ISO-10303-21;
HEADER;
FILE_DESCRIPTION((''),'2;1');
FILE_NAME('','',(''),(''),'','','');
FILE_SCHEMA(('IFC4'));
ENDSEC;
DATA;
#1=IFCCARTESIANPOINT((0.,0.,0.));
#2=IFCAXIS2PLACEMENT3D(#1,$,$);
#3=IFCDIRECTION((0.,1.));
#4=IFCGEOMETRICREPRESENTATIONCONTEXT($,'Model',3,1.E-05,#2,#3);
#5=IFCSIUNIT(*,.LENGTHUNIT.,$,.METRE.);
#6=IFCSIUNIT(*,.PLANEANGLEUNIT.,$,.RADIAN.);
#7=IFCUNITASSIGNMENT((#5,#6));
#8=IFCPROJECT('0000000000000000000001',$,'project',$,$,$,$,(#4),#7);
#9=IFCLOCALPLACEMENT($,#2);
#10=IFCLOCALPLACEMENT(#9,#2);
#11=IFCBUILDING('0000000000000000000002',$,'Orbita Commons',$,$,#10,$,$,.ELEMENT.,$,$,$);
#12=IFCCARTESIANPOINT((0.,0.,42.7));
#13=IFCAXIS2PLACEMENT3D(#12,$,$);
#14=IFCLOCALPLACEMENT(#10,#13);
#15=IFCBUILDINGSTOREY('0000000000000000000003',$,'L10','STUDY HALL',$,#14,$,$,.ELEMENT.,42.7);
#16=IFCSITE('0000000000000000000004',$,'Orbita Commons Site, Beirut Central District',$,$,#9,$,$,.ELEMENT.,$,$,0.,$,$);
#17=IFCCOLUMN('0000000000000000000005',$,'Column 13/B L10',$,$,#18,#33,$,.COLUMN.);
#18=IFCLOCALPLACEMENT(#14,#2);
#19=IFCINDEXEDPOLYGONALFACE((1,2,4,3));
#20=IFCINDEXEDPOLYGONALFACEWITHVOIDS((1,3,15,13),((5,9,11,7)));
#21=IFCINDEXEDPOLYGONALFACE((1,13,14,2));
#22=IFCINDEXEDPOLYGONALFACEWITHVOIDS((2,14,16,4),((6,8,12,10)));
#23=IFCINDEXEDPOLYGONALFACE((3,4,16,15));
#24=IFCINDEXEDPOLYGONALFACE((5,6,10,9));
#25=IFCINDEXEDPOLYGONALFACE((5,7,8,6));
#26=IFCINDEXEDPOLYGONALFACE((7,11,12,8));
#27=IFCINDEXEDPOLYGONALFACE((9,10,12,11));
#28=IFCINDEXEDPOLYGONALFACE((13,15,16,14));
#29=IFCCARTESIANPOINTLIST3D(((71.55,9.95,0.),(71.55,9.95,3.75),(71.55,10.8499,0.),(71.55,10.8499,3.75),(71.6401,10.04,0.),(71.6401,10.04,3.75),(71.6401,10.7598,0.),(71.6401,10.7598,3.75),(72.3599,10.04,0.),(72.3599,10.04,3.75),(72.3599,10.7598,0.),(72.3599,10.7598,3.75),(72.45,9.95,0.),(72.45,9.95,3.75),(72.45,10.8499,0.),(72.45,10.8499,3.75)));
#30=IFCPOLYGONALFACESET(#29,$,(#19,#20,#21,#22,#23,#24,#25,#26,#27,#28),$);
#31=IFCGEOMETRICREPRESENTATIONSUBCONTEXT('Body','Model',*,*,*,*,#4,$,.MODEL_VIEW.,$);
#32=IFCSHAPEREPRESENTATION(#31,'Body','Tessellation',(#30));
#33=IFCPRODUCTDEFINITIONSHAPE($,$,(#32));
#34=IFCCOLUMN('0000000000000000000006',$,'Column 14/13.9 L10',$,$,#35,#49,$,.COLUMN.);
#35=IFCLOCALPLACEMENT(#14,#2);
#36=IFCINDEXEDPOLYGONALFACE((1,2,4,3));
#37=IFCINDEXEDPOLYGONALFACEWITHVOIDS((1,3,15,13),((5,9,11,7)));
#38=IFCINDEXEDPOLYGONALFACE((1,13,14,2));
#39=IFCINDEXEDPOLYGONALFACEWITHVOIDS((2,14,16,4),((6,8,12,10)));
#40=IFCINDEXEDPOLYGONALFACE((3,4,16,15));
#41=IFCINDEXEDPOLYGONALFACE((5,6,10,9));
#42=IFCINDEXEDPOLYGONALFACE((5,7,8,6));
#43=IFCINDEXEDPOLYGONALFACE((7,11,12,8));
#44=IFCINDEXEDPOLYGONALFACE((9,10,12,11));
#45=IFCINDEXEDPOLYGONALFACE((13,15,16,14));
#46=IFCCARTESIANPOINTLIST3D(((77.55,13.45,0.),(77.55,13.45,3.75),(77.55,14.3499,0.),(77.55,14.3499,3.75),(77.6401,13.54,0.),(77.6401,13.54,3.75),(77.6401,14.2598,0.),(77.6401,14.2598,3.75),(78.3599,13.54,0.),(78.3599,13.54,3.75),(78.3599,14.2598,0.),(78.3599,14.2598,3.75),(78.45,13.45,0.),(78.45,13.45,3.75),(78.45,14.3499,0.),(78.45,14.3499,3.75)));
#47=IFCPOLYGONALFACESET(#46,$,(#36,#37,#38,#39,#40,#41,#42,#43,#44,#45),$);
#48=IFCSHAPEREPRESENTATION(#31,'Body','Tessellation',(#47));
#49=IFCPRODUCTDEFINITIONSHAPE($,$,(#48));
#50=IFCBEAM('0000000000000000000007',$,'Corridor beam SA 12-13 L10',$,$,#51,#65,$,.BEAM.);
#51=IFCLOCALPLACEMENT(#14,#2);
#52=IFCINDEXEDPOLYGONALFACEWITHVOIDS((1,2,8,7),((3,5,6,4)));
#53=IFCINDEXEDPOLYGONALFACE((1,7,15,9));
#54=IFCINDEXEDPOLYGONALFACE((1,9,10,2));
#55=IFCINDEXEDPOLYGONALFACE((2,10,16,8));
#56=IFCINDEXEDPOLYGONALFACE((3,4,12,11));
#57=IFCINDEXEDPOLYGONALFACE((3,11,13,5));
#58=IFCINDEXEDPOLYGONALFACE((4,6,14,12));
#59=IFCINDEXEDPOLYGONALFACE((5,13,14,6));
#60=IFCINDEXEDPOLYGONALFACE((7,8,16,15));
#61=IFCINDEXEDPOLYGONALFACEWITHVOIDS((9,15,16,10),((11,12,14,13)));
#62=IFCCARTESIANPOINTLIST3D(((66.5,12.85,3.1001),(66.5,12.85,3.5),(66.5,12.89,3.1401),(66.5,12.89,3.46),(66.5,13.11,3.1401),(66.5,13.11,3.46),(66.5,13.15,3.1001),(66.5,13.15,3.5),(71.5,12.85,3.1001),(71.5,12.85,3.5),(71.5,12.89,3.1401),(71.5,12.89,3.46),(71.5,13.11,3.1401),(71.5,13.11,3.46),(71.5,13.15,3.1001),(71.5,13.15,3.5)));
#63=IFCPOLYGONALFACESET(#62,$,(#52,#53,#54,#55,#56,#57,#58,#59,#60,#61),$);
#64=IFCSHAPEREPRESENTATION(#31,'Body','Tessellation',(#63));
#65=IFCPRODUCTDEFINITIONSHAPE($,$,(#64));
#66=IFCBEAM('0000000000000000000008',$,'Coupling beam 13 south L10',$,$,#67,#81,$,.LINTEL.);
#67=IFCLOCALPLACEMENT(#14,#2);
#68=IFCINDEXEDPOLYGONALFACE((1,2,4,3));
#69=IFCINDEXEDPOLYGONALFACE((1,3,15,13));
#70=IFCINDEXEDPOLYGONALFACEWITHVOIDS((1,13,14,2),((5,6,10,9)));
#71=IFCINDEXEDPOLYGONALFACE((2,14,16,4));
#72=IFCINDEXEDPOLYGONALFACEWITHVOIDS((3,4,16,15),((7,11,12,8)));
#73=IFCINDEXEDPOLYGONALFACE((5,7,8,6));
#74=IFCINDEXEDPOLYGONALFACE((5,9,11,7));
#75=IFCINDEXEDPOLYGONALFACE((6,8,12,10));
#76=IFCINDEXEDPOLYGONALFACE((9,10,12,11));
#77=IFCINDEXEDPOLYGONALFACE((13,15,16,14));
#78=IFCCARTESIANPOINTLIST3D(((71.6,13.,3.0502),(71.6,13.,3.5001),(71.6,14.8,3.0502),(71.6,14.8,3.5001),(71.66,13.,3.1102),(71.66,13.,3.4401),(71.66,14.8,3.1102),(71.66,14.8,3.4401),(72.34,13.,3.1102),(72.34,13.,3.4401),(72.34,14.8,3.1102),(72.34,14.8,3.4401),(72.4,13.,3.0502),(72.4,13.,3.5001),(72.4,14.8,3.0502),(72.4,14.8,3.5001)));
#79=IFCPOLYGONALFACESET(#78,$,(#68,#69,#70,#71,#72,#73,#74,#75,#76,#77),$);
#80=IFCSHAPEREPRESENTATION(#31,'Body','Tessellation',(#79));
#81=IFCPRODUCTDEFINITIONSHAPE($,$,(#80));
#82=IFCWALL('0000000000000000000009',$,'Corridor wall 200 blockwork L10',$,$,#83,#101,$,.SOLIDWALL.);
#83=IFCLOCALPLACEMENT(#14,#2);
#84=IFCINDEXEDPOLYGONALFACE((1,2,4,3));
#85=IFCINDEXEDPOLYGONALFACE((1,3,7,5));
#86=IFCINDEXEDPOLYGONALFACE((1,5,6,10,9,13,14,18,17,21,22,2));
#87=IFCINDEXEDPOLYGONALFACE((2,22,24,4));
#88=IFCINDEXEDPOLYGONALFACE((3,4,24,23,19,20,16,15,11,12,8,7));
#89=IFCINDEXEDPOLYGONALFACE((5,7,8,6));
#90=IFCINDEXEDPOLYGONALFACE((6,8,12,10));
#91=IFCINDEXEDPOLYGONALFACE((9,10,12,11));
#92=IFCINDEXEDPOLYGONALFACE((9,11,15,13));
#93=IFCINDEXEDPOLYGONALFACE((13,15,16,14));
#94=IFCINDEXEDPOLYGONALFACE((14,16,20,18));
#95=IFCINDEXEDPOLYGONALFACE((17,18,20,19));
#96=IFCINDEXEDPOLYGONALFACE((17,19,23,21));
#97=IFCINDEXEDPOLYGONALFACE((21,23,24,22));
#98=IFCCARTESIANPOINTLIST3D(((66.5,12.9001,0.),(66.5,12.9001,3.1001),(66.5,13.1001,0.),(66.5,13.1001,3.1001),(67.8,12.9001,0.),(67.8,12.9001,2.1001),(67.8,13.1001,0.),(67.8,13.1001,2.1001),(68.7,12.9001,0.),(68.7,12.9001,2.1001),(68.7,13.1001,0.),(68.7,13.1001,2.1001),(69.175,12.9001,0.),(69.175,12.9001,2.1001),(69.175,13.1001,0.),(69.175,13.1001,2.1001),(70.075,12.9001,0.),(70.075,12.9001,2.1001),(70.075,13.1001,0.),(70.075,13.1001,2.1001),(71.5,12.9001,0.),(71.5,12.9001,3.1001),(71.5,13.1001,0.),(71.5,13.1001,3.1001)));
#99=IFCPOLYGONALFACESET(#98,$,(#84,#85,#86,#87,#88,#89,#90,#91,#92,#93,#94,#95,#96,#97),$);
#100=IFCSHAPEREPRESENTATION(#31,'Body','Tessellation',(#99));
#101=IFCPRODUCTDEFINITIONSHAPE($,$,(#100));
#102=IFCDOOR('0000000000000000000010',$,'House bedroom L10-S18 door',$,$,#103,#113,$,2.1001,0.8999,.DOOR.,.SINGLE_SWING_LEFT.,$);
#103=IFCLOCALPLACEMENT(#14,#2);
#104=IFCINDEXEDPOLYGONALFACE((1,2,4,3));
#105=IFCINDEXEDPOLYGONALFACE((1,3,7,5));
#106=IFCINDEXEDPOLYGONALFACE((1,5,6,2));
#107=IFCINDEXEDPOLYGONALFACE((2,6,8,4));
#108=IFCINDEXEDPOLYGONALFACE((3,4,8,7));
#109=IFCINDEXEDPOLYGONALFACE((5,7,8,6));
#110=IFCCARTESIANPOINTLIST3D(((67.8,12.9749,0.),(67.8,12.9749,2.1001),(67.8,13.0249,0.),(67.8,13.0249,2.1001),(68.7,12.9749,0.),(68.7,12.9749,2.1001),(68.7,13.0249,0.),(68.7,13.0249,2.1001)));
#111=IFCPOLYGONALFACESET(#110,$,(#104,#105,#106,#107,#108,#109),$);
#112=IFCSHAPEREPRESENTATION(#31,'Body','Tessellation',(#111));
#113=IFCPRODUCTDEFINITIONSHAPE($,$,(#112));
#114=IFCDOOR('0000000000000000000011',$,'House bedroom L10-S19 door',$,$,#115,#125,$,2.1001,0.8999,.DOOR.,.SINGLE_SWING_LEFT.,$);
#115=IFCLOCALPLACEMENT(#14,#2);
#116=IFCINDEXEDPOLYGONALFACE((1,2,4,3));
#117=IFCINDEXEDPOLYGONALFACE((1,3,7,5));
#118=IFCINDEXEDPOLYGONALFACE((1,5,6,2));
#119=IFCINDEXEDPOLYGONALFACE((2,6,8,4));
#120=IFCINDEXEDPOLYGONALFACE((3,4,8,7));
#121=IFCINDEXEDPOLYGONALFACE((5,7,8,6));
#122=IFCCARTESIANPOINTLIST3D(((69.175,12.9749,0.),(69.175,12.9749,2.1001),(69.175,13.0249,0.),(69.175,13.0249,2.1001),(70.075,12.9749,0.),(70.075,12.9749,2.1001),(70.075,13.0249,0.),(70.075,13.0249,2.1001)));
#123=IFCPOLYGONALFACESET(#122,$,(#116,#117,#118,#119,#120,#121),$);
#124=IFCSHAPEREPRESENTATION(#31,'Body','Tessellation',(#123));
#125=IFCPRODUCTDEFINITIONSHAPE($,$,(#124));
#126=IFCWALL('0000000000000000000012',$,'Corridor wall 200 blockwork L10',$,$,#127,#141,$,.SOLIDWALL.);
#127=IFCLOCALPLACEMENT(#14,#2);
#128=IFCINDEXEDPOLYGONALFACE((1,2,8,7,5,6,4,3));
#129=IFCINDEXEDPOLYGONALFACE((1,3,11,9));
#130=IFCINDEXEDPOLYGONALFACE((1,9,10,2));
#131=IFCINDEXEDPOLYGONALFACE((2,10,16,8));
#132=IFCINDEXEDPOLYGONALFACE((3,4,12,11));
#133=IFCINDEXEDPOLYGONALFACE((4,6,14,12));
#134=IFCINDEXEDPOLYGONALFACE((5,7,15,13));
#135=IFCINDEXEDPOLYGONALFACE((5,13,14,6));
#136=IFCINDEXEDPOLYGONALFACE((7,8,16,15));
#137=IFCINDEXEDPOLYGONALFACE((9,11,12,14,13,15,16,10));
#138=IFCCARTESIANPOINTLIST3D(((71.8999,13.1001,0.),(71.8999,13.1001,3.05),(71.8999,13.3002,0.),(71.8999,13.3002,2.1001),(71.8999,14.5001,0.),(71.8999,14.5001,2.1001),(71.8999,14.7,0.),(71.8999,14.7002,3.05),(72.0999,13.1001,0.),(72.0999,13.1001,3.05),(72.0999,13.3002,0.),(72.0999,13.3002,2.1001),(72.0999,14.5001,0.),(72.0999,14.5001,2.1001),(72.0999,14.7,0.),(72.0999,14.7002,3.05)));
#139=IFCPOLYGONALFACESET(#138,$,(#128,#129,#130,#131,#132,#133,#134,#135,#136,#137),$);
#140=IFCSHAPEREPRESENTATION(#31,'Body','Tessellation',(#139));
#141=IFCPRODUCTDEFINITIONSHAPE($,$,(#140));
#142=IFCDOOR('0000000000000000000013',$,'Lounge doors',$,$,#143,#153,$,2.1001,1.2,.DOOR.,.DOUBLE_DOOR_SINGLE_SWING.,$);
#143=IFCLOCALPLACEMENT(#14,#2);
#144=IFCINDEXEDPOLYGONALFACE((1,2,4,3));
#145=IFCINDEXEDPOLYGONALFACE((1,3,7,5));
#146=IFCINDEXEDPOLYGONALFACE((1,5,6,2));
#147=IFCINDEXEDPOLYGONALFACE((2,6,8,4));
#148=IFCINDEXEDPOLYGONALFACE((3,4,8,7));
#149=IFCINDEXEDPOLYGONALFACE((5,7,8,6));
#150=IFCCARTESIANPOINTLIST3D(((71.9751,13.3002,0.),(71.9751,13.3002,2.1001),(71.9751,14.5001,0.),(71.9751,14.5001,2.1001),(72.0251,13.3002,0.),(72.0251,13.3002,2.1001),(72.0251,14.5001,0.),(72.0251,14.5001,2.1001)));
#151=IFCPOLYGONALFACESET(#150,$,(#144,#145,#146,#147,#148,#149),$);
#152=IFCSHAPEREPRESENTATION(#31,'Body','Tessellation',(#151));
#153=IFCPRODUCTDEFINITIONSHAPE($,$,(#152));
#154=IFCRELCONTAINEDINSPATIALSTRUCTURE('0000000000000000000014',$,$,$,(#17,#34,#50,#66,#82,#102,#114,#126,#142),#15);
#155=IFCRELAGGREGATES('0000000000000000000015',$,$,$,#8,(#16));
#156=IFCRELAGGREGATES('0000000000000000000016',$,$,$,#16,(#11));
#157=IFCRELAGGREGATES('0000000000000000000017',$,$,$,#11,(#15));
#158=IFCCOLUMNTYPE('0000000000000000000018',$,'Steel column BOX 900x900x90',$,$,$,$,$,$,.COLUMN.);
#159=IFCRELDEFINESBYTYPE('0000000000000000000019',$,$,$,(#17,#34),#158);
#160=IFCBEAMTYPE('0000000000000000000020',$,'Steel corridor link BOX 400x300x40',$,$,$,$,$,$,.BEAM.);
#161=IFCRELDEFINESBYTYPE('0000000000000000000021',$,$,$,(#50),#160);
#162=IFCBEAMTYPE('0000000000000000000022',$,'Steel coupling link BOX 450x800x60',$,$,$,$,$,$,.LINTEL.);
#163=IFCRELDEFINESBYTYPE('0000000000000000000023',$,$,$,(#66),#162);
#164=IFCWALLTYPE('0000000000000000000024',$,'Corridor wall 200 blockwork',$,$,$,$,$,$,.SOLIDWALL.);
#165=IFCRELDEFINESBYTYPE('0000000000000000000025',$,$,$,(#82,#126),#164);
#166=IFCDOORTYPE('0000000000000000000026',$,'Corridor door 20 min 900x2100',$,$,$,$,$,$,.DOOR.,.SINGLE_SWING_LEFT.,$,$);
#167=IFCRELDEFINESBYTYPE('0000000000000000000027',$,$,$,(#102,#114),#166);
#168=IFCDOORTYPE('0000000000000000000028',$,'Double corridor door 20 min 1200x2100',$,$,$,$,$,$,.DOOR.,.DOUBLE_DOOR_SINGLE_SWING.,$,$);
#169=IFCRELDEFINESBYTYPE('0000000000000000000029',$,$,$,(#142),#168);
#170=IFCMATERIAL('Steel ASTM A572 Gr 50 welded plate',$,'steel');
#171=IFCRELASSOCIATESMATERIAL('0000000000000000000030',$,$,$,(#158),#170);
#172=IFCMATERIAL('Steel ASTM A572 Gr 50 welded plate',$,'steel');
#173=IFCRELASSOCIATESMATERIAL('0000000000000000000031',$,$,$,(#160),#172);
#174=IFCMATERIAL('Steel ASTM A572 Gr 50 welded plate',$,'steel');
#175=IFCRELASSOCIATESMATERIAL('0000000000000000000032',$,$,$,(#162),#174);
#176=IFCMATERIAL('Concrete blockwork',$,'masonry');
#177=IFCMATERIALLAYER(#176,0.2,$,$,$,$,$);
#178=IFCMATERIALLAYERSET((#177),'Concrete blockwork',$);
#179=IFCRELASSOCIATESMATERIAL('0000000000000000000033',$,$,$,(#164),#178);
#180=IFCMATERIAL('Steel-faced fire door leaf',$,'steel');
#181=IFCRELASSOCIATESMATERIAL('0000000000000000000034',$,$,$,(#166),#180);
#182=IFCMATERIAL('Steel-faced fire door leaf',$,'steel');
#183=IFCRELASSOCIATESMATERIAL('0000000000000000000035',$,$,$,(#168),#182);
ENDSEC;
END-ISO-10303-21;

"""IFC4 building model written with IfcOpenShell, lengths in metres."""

from ifc_helpers import new_model, si_unit, direction, frame, frame_2d, origin, origin_2d, place, context, subcontext, project, spatial, polyline, rectangle, hollow_rectangle, outline, extrude, material, layer, layer_set, material_profile, profile_set, type_object, element, fill, save


model = new_model("IFC4")

# Units and contexts
model_context = context("Model", 3, precision=1e-05, world=origin(), true_north=direction((0.0, 1.0)))
body_context = subcontext(model_context, "Body", "Model", "MODEL_VIEW")
ifc_project = project(units=[si_unit("LENGTHUNIT", "METRE"), si_unit("PLANEANGLEUNIT", "RADIAN")], contexts=[model_context])

# Site, building, storey
site_placement = place(None, origin())
site = spatial("IfcSite", under=ifc_project, at=site_placement, Name="Orbita Commons Site, Beirut Central District", CompositionType="ELEMENT", RefElevation=0.0)
building_placement = place(site_placement, origin())
building = spatial("IfcBuilding", under=site, at=building_placement, Name="Orbita Commons", CompositionType="ELEMENT")
storey_placement = place(building_placement, frame((0.0, 0.0, 42.7)))
storey = spatial("IfcBuildingStorey", under=building, at=storey_placement, Name="L10", Description="STUDY HALL", CompositionType="ELEMENT", Elevation=42.7)

# Columns
ifc_material_1 = material(Name="Steel ASTM A572 Gr 50 welded plate", Category="steel")
ifc_material_profile_1 = material_profile(ifc_material_1, hollow_rectangle(XDim=0.8999, YDim=0.8999, WallThickness=0.0901, at=origin_2d()), Name="BOX 900x900x90")
ifc_profile_set_1 = profile_set([ifc_material_profile_1], Name="Steel ASTM A572 Gr 50 welded plate")
column_type = type_object("IfcColumnType", Name="Steel column BOX 900x900x90", PredefinedType="COLUMN", material=ifc_profile_set_1)
for number, where, z_axis, x_axis, name in (
    (1, (72.0, 10.3999, 0.0), (0.0, 0.0, 1.0), (1.0, 0.0, 0.0), "Column 13/B L10"),
    (2, (78.0, 13.8999, 0.0), (0.0, 0.0, 1.0), (1.0, 0.0, 0.0), "Column 14/13.9 L10"),
):
    element("IfcColumn", number, at=place(storey_placement, frame(where, z_axis=z_axis, x_axis=x_axis)), inside=storey, type_object=column_type, Name=name, PredefinedType="COLUMN", context=body_context, shape_type="SweptSolid", body=[
        extrude(hollow_rectangle(XDim=0.8999, YDim=0.8999, WallThickness=0.0901, at=origin_2d()), origin(), (0.0, 0.0, 1.0), 3.75),
    ])

# Beams
ifc_material_2 = material(Name="Steel ASTM A572 Gr 50 welded plate", Category="steel")
ifc_material_profile_2 = material_profile(ifc_material_2, hollow_rectangle(XDim=0.3, YDim=0.3999, WallThickness=0.04, at=origin_2d()), Name="BOX 400x300x40")
ifc_profile_set_2 = profile_set([ifc_material_profile_2], Name="Steel ASTM A572 Gr 50 welded plate")
beam_type_1 = type_object("IfcBeamType", Name="Steel corridor link BOX 400x300x40", PredefinedType="BEAM", material=ifc_profile_set_2)
beam_1_placement = place(storey_placement, frame((66.5, 13.0, 3.3), z_axis=(1.0, 0.0, 0.0), x_axis=(0.0, 1.0, 0.0)))
element("IfcBeam", 3, at=beam_1_placement, inside=storey, type_object=beam_type_1, Name="Corridor beam SA 12-13 L10", PredefinedType="BEAM", context=body_context, shape_type="SweptSolid", body=[
    extrude(hollow_rectangle(XDim=0.3, YDim=0.3999, WallThickness=0.04, at=origin_2d()), origin(), (0.0, 0.0, 1.0), 5.0),
])
ifc_material_3 = material(Name="Steel ASTM A572 Gr 50 welded plate", Category="steel")
ifc_material_profile_3 = material_profile(ifc_material_3, hollow_rectangle(XDim=0.8, YDim=0.45, WallThickness=0.0601, at=origin_2d()), Name="BOX 450x800x60")
ifc_profile_set_3 = profile_set([ifc_material_profile_3], Name="Steel ASTM A572 Gr 50 welded plate")
beam_type_2 = type_object("IfcBeamType", Name="Steel coupling link BOX 450x800x60", PredefinedType="LINTEL", material=ifc_profile_set_3)
beam_2_placement = place(storey_placement, frame((72.0, 13.0, 3.2751), z_axis=(0.0, 1.0, 0.0), x_axis=(-1.0, 0.0, 0.0)))
element("IfcBeam", 4, at=beam_2_placement, inside=storey, type_object=beam_type_2, Name="Coupling beam 13 south L10", PredefinedType="LINTEL", context=body_context, shape_type="SweptSolid", body=[
    extrude(hollow_rectangle(XDim=0.8, YDim=0.45, WallThickness=0.0601, at=origin_2d()), origin(), (0.0, 0.0, 1.0), 1.8),
])

# Wall, openings, doors
ifc_material_4 = material(Name="Concrete blockwork", Category="masonry")
ifc_layer_1 = layer(ifc_material_4, 0.2)
ifc_layer_set_1 = layer_set([ifc_layer_1], Name="Concrete blockwork")
wall_type_1 = type_object("IfcWallType", Name="Corridor wall 200 blockwork", PredefinedType="SOLIDWALL", material=ifc_layer_set_1)
wall_1_placement = place(storey_placement, frame((66.5, 13.0, 0.0), z_axis=(0.0, 0.0, 1.0), x_axis=(1.0, 0.0, 0.0)))
wall_1 = element("IfcWall", 5, at=wall_1_placement, inside=storey, type_object=wall_type_1, Name="Corridor wall 200 blockwork L10", PredefinedType="SOLIDWALL", context=body_context, shape_type="SweptSolid", body=[
    extrude(outline(polyline([(0.0, 0.0), (5.0, 0.0), (5.0, 3.1001), (0.0, 3.1001), (0.0, 0.0)])), frame((0.0, 0.1001, 0.0), z_axis=(0.0, -1.0, 0.0), x_axis=(1.0, 0.0, 0.0)), (0.0, 0.0, 1.0), 0.2),
])
opening_1_placement = place(wall_1_placement, frame((1.3, 0.0, 0.0)))
opening_1 = element("IfcOpeningElement", 6, at=opening_1_placement, cuts=wall_1, PredefinedType="OPENING", context=body_context, shape_type="SweptSolid", body=[
    extrude(rectangle(XDim=0.8999, YDim=2.1001, at=frame_2d((0.45, 1.05))), frame((0.0, 0.1099, 0.0), z_axis=(0.0, -1.0, 0.0), x_axis=(1.0, 0.0, 0.0)), (0.0, 0.0, 1.0), 0.22),
])
opening_2_placement = place(wall_1_placement, frame((2.675, 0.0, 0.0)))
opening_2 = element("IfcOpeningElement", 7, at=opening_2_placement, cuts=wall_1, PredefinedType="OPENING", context=body_context, shape_type="SweptSolid", body=[
    extrude(rectangle(XDim=0.8999, YDim=2.1001, at=frame_2d((0.45, 1.05))), frame((0.0, 0.1099, 0.0), z_axis=(0.0, -1.0, 0.0), x_axis=(1.0, 0.0, 0.0)), (0.0, 0.0, 1.0), 0.22),
])
ifc_material_5 = material(Name="Steel-faced fire door leaf", Category="steel")
door_type_1 = type_object("IfcDoorType", Name="Corridor door 20 min 900x2100", OperationType="SINGLE_SWING_LEFT", PredefinedType="DOOR", material=ifc_material_5)
door_1_placement = place(opening_1_placement, origin())
door_1 = element("IfcDoor", 8, at=door_1_placement, inside=storey, type_object=door_type_1, Name="House bedroom L10-S18 door", OperationType="SINGLE_SWING_LEFT", OverallHeight=2.1001, OverallWidth=0.8999, PredefinedType="DOOR", context=body_context, shape_type="SweptSolid", body=[
    extrude(rectangle(XDim=0.8999, YDim=2.1001, at=frame_2d((0.45, 1.05))), frame((0.0, 0.0249, 0.0), z_axis=(0.0, -1.0, 0.0), x_axis=(1.0, 0.0, 0.0)), (0.0, 0.0, 1.0), 0.05),
])
fill(opening_1, door_1)
door_2_placement = place(opening_2_placement, origin())
door_2 = element("IfcDoor", 9, at=door_2_placement, inside=storey, type_object=door_type_1, Name="House bedroom L10-S19 door", OperationType="SINGLE_SWING_LEFT", OverallHeight=2.1001, OverallWidth=0.8999, PredefinedType="DOOR", context=body_context, shape_type="SweptSolid", body=[
    extrude(rectangle(XDim=0.8999, YDim=2.1001, at=frame_2d((0.45, 1.05))), frame((0.0, 0.0249, 0.0), z_axis=(0.0, -1.0, 0.0), x_axis=(1.0, 0.0, 0.0)), (0.0, 0.0, 1.0), 0.05),
])
fill(opening_2, door_2)

# Wall, opening, door
wall_2_placement = place(storey_placement, frame((72.0, 13.1001, 0.0), z_axis=(0.0, 0.0, 1.0), x_axis=(0.0, 1.0, 0.0)))
wall_2 = element("IfcWall", 10, at=wall_2_placement, inside=storey, type_object=wall_type_1, Name="Corridor wall 200 blockwork L10", PredefinedType="SOLIDWALL", context=body_context, shape_type="SweptSolid", body=[
    extrude(outline(polyline([(0.0, 0.0), (1.5999, 0.0), (1.6001, 3.05), (0.0, 3.05), (0.0, 0.0)])), frame((0.0, 0.1001, 0.0), z_axis=(0.0, -1.0, 0.0), x_axis=(1.0, 0.0, 0.0)), (0.0, 0.0, 1.0), 0.2),
])
opening_3_placement = place(wall_2_placement, frame((0.2, 0.0, 0.0)))
opening_3 = element("IfcOpeningElement", 11, at=opening_3_placement, cuts=wall_2, PredefinedType="OPENING", context=body_context, shape_type="SweptSolid", body=[
    extrude(rectangle(XDim=1.2, YDim=2.1001, at=frame_2d((0.6001, 1.05))), frame((0.0, 0.1099, 0.0), z_axis=(0.0, -1.0, 0.0), x_axis=(1.0, 0.0, 0.0)), (0.0, 0.0, 1.0), 0.22),
])
ifc_material_6 = material(Name="Steel-faced fire door leaf", Category="steel")
door_type_2 = type_object("IfcDoorType", Name="Double corridor door 20 min 1200x2100", OperationType="DOUBLE_DOOR_SINGLE_SWING", PredefinedType="DOOR", material=ifc_material_6)
door_3_placement = place(opening_3_placement, origin())
door_3 = element("IfcDoor", 12, at=door_3_placement, inside=storey, type_object=door_type_2, Name="Lounge doors", OperationType="DOUBLE_DOOR_SINGLE_SWING", OverallHeight=2.1001, OverallWidth=1.2, PredefinedType="DOOR", context=body_context, shape_type="SweptSolid", body=[
    extrude(rectangle(XDim=1.2, YDim=2.1001, at=frame_2d((0.6001, 1.05))), frame((0.0, 0.0249, 0.0), z_axis=(0.0, -1.0, 0.0), x_axis=(1.0, 0.0, 0.0)), (0.0, 0.0, 1.0), 0.05),
])
fill(opening_3, door_3)

save(model, "model.ifc")
